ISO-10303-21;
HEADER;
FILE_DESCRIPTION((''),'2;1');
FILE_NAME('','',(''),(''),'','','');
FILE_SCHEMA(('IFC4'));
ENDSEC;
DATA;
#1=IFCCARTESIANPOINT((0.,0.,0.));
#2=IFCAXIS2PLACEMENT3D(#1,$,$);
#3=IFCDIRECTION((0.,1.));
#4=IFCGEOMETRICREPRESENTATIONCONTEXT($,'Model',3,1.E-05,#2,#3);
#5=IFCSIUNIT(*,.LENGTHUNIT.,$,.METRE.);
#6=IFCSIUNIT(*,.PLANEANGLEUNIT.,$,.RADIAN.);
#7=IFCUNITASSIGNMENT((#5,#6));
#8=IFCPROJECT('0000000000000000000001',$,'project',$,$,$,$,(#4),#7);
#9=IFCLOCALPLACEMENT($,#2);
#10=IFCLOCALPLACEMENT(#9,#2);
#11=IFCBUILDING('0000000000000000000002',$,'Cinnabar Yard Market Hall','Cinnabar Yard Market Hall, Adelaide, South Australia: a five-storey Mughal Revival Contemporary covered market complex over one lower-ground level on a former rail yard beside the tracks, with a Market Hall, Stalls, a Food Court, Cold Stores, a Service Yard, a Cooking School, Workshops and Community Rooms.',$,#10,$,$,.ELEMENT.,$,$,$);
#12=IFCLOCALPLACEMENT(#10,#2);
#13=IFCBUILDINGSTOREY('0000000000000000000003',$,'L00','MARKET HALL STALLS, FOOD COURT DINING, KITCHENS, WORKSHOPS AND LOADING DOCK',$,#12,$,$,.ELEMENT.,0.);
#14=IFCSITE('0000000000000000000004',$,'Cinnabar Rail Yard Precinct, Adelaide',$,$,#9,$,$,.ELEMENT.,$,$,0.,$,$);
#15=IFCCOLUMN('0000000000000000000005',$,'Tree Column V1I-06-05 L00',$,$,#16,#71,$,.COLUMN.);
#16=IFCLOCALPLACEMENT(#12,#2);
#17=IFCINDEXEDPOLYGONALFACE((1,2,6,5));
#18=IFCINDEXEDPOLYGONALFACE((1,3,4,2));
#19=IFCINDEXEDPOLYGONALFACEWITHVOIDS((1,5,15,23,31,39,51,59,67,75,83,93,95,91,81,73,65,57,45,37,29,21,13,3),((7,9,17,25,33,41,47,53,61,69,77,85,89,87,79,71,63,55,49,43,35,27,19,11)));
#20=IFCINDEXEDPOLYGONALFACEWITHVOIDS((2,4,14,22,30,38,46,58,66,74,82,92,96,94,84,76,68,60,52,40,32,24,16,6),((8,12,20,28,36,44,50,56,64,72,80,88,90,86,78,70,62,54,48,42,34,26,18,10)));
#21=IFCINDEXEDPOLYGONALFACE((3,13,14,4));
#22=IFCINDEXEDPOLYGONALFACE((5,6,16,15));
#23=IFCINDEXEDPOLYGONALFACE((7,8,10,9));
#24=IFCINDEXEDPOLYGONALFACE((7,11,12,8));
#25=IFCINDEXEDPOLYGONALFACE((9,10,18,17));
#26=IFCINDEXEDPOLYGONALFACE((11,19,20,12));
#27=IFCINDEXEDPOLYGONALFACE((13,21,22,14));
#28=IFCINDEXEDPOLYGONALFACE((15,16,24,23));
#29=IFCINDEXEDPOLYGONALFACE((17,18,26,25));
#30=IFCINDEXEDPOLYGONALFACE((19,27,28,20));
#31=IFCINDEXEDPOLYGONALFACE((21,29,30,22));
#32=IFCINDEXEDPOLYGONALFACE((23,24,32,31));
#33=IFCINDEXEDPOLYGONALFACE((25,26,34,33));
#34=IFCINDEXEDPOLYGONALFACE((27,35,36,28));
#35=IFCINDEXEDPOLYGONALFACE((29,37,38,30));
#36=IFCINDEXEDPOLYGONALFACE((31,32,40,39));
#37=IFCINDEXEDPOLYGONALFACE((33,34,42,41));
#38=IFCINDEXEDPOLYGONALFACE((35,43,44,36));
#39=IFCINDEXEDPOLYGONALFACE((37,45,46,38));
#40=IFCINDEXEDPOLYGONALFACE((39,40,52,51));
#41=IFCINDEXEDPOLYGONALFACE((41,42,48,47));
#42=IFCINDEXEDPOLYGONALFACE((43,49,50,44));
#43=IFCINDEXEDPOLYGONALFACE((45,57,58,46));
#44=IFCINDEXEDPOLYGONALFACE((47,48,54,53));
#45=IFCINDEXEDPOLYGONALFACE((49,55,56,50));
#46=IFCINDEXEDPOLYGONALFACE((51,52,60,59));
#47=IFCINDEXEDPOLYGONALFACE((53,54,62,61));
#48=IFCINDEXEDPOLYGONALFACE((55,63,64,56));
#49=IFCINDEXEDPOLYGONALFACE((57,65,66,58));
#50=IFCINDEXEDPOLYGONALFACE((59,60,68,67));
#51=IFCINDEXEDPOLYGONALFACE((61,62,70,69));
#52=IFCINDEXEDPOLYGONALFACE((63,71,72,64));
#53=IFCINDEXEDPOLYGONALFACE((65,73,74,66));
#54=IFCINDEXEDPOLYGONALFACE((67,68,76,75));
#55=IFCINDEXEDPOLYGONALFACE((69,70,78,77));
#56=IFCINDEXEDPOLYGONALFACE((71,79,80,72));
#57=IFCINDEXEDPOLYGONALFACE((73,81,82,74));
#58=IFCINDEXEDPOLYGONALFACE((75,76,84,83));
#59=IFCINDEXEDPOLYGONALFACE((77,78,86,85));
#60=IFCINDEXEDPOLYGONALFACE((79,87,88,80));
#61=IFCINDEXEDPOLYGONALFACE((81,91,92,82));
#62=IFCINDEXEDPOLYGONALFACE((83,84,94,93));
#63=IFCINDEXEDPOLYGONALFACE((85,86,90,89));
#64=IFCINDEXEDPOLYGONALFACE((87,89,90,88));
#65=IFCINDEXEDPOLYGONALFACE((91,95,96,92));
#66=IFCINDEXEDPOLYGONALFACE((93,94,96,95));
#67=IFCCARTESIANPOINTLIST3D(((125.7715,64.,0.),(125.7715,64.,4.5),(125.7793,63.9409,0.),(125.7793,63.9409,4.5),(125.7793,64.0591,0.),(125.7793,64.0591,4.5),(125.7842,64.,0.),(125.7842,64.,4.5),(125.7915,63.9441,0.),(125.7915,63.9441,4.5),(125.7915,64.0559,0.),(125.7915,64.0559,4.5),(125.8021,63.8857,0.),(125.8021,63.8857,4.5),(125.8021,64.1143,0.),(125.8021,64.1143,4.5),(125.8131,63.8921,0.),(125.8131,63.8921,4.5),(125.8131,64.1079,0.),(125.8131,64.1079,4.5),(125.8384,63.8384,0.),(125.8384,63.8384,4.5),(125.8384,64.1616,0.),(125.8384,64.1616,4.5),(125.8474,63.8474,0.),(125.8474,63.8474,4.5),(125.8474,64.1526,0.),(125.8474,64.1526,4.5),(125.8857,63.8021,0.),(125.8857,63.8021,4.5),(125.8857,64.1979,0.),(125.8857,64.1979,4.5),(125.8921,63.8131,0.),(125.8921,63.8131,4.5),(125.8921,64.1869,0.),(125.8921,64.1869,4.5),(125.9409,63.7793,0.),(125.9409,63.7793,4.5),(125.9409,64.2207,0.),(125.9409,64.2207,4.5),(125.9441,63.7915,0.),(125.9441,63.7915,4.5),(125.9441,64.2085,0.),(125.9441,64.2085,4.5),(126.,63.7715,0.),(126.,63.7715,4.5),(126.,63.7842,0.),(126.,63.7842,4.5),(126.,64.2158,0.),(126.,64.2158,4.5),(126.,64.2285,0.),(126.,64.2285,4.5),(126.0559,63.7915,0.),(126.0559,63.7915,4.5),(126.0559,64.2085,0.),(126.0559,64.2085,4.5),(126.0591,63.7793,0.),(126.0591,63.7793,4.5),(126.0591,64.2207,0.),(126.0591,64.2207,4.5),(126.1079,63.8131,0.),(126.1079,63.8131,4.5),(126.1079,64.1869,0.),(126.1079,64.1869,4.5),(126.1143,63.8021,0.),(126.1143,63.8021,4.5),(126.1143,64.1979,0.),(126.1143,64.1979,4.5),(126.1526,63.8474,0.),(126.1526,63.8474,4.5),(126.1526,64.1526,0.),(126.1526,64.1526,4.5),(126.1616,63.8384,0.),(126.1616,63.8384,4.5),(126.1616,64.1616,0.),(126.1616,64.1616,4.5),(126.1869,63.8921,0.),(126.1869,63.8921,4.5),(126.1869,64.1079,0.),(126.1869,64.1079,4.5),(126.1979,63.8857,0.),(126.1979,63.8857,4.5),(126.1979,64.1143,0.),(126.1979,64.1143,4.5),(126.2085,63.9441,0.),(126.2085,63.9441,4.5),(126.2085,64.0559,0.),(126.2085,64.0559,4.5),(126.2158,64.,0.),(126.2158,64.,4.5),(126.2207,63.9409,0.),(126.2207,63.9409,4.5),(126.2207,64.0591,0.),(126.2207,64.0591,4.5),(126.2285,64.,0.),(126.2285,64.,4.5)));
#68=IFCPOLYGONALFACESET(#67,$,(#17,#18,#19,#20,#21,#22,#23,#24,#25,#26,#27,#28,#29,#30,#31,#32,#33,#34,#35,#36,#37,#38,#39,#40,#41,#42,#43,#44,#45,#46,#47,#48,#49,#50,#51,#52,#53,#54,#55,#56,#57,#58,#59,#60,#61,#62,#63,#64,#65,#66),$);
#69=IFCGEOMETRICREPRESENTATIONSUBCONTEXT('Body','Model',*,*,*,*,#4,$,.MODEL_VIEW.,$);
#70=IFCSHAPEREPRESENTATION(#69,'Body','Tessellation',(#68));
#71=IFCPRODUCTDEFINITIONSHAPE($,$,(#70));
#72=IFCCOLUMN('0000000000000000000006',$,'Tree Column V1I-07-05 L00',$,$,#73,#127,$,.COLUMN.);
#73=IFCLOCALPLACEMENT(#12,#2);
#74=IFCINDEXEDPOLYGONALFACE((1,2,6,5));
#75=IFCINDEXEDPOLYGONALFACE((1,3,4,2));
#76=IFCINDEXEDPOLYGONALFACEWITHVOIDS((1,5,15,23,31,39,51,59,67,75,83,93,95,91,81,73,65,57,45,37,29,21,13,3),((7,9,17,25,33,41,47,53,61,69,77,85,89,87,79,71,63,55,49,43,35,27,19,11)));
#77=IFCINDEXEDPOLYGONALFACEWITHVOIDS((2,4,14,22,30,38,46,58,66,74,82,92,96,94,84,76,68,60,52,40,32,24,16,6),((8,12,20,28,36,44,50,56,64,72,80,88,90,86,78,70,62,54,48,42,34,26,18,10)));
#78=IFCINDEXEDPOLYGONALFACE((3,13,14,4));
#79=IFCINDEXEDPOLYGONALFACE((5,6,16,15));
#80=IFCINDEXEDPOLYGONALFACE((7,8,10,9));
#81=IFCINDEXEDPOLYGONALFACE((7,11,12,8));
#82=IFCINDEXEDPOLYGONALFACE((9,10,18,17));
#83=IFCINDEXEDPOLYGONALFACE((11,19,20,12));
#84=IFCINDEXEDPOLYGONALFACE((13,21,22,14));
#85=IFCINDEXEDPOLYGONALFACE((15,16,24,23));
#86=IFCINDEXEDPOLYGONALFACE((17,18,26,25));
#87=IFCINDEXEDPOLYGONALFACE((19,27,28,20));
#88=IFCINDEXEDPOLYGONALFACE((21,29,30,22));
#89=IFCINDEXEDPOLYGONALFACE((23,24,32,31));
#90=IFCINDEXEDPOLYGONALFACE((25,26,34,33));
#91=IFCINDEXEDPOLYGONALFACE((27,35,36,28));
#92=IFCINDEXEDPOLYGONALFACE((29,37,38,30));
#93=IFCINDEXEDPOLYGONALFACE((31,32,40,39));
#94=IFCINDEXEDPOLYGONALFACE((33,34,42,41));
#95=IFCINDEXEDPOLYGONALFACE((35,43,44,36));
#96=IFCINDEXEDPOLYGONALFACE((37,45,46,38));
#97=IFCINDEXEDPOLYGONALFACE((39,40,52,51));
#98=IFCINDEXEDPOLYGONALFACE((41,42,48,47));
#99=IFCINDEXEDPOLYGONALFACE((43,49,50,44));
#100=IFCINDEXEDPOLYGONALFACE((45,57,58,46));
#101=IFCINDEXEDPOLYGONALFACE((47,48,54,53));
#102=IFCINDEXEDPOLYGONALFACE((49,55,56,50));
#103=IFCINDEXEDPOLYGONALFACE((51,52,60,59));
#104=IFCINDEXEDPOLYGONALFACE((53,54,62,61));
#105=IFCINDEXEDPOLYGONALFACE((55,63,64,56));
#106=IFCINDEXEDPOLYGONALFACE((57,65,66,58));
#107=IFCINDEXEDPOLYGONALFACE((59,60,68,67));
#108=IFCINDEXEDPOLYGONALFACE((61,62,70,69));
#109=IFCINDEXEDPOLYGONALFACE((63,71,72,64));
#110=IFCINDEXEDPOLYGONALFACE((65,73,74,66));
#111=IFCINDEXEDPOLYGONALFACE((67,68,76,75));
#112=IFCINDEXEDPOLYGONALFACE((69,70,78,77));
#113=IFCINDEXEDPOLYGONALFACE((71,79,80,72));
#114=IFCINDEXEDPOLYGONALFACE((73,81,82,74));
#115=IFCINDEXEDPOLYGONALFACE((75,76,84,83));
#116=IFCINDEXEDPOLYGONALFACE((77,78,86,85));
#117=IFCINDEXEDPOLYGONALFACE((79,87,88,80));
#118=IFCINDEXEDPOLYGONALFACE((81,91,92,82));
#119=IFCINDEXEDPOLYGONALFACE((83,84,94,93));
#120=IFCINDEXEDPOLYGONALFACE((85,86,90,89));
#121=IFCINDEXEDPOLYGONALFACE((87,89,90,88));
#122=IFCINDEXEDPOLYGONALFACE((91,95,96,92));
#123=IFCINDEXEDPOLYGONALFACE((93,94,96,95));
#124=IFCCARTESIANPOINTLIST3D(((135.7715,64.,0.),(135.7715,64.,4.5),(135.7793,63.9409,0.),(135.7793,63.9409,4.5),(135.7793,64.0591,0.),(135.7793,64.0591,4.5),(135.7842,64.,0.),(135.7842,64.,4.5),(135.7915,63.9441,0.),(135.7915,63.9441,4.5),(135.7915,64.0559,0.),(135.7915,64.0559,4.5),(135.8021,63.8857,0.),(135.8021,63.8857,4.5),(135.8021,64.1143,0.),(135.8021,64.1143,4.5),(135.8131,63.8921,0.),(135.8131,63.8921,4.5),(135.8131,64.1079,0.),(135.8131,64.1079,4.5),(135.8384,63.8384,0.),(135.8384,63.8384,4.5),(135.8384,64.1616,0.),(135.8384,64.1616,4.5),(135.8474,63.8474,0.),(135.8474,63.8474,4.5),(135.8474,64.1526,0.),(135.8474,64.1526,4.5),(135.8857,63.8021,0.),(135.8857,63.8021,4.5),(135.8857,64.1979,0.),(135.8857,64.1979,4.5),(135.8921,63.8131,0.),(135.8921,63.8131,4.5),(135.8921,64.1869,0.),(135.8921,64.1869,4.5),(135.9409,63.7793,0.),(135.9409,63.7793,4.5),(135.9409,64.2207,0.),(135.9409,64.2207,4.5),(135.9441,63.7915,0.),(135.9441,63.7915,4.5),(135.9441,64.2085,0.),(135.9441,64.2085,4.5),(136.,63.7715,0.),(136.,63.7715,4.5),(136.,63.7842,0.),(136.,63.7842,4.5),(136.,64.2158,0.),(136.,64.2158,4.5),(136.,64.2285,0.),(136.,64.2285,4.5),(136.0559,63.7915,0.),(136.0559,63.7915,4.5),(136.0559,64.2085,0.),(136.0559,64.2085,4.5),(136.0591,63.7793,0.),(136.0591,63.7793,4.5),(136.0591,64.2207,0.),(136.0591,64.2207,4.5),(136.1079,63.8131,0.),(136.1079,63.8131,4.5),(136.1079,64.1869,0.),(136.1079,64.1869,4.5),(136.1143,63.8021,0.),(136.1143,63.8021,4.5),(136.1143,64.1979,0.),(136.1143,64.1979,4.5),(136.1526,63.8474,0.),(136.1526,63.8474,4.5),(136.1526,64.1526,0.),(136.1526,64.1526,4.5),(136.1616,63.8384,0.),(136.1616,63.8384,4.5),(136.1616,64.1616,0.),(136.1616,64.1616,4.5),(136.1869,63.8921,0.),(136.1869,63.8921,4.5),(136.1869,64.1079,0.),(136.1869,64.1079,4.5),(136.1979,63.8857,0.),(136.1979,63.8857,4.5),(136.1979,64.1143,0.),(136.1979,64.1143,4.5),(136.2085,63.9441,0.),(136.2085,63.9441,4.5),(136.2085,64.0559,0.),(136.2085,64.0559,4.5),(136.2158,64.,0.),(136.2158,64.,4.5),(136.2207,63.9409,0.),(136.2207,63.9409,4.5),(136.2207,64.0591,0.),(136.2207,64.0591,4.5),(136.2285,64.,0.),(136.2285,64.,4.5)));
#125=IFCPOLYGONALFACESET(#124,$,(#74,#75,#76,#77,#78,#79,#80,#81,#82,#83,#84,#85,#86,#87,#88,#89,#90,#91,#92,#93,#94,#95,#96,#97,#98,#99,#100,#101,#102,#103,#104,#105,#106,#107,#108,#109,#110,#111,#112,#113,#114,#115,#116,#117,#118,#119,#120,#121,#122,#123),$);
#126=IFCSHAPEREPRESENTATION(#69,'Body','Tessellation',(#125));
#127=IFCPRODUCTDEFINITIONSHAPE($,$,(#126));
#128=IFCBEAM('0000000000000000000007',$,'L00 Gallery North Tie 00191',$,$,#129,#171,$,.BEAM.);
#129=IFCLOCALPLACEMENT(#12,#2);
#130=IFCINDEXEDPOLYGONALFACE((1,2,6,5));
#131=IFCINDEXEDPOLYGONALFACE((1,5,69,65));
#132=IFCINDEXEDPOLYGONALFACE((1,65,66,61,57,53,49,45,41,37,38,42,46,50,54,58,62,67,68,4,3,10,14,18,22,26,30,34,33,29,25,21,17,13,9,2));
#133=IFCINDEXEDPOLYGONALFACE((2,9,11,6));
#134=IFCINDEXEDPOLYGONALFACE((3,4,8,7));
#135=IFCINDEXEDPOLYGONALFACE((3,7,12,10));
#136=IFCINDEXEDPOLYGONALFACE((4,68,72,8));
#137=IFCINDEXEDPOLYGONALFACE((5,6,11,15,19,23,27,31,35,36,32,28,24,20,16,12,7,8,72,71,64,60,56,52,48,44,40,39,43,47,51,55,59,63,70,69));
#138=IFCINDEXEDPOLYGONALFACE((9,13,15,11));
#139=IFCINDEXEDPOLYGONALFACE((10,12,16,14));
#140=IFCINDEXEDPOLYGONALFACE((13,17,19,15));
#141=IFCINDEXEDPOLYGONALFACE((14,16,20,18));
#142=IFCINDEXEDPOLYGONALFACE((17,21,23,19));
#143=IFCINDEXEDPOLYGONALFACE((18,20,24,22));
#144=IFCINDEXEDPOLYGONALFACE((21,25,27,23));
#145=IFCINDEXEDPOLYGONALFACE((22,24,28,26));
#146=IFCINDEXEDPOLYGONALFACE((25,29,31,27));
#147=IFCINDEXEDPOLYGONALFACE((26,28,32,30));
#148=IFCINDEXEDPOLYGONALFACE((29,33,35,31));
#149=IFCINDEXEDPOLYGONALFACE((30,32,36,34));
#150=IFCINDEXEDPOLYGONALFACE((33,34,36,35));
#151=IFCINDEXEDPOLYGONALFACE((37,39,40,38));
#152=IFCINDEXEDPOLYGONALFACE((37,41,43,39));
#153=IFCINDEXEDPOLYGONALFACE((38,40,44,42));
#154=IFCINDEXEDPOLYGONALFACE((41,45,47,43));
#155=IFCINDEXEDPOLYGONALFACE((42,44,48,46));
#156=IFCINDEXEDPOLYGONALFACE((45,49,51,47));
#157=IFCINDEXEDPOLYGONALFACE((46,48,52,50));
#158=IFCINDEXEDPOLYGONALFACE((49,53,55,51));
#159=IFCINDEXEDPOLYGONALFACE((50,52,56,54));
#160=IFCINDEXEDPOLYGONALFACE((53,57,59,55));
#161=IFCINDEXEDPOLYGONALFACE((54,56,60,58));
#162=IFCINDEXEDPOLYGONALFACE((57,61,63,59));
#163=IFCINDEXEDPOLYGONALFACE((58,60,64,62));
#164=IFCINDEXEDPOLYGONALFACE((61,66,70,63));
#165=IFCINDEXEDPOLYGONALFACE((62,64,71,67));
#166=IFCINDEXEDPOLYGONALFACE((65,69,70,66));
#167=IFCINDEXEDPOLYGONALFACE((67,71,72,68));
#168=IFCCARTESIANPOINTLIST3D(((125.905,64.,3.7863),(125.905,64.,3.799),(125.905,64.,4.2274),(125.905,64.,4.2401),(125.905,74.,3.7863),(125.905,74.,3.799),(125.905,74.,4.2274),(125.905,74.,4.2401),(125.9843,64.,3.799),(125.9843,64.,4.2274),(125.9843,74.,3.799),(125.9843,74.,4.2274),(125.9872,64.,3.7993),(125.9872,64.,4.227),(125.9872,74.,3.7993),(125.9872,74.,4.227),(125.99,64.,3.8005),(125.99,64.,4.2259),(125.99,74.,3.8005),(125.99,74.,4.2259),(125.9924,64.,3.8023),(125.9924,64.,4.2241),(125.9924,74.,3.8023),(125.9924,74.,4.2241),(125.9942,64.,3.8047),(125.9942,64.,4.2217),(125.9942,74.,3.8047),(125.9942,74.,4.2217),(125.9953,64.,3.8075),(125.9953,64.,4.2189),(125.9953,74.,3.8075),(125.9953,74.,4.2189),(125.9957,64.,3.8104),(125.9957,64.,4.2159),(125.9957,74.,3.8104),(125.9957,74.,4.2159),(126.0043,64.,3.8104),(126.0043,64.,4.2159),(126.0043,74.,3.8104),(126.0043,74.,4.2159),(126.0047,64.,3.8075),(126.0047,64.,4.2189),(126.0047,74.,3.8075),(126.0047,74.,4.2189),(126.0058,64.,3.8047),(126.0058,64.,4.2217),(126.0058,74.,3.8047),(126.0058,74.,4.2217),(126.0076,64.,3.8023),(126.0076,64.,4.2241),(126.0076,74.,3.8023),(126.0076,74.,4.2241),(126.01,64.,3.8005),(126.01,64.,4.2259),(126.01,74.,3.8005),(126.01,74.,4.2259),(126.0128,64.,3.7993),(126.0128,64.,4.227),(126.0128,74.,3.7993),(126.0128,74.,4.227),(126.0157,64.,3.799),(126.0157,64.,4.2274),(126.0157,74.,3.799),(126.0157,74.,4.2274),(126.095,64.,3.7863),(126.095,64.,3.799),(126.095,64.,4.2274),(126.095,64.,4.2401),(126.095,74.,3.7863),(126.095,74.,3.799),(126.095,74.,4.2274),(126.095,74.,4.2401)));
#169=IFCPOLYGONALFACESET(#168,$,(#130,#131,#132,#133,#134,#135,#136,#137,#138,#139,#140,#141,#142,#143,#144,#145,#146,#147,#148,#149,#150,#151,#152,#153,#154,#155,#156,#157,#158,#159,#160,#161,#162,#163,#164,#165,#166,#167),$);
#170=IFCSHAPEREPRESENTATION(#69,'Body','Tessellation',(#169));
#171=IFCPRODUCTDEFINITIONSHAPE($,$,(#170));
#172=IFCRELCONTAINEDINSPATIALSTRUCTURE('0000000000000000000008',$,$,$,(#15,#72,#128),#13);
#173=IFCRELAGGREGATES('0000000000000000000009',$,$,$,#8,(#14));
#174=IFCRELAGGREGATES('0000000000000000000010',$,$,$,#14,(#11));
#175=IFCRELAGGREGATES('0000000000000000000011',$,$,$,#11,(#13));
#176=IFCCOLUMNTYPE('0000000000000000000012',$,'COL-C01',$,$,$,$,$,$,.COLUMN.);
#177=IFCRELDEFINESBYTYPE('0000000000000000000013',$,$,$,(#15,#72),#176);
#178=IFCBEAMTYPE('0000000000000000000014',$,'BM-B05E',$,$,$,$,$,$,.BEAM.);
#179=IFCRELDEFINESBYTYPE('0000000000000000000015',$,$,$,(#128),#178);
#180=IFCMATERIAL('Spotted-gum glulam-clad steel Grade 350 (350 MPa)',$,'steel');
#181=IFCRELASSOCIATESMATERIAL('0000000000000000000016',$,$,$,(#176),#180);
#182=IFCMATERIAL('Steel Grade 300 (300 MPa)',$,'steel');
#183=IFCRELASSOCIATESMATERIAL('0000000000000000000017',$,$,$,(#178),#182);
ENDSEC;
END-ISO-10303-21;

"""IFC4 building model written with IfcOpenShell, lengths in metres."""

from ifc_helpers import new_model, si_unit, direction, frame, origin, origin_2d_with_axis, place, context, subcontext, project, spatial, hollow_circle, i_section, extrude, material, material_profile, profile_set, type_object, element, save


model = new_model("IFC4")

# Units and contexts
model_context = context("Model", 3, precision=1e-05, world=origin(), true_north=direction((0.0, 1.0)))
body_context = subcontext(model_context, "Body", "Model", "MODEL_VIEW")
ifc_project = project(units=[si_unit("LENGTHUNIT", "METRE"), si_unit("PLANEANGLEUNIT", "RADIAN")], contexts=[model_context])

# Site, building, storey
site_placement = place(None, origin())
site = spatial("IfcSite", under=ifc_project, at=site_placement, Name="Cinnabar Rail Yard Precinct, Adelaide", CompositionType="ELEMENT", RefElevation=0.0)
building_placement = place(site_placement, origin())
building = spatial("IfcBuilding", under=site, at=building_placement, Name="Cinnabar Yard Market Hall", Description="Cinnabar Yard Market Hall, Adelaide, South Australia: a five-storey Mughal Revival Contemporary covered market complex over one lower-ground level on a former rail yard beside the tracks, with a Market Hall, Stalls, a Food Court, Cold Stores, a Service Yard, a Cooking School, Workshops and Community Rooms.", CompositionType="ELEMENT")
storey_placement = place(building_placement, origin())
storey = spatial("IfcBuildingStorey", under=building, at=storey_placement, Name="L00", Description="MARKET HALL STALLS, FOOD COURT DINING, KITCHENS, WORKSHOPS AND LOADING DOCK", CompositionType="ELEMENT", Elevation=0.0)

# Columns
ifc_material_1 = material(Name="Spotted-gum glulam-clad steel Grade 350 (350 MPa)", Category="steel")
ifc_material_profile_1 = material_profile(ifc_material_1, hollow_circle(Radius=0.2285, WallThickness=0.0127, at=origin_2d_with_axis()), Name="457.0x12.7CHS")
ifc_profile_set_1 = profile_set([ifc_material_profile_1], Name="Spotted-gum glulam-clad steel Grade 350 (350 MPa)")
column_type = type_object("IfcColumnType", Name="COL-C01", PredefinedType="COLUMN", material=ifc_profile_set_1)
for number, where, z_axis, x_axis, name in (
    (1, (126.0, 64.0, 0.0), (0.0, 0.0, 1.0), (1.0, 0.0, 0.0), "Tree Column V1I-06-05 L00"),
    (2, (136.0, 64.0, 0.0), (0.0, 0.0, 1.0), (1.0, 0.0, 0.0), "Tree Column V1I-07-05 L00"),
):
    element("IfcColumn", number, at=place(storey_placement, frame(where, z_axis=z_axis, x_axis=x_axis)), inside=storey, type_object=column_type, Name=name, PredefinedType="COLUMN", context=body_context, shape_type="SweptSolid", body=[
        extrude(hollow_circle(Radius=0.2285, WallThickness=0.0127, at=origin_2d_with_axis()), origin(), (0.0, 0.0, 1.0), 4.5),
    ])

# Beam
ifc_material_2 = material(Name="Steel Grade 300 (300 MPa)", Category="steel")
ifc_material_profile_2 = material_profile(ifc_material_2, i_section(OverallWidth=0.1899, OverallDepth=0.4539, WebThickness=0.0085, FlangeThickness=0.0127, FilletRadius=0.0115, at=origin_2d_with_axis()), Name="460UB67.1")
ifc_profile_set_2 = profile_set([ifc_material_profile_2], Name="Steel Grade 300 (300 MPa)")
beam_type_1 = type_object("IfcBeamType", Name="BM-B05E", PredefinedType="BEAM", material=ifc_profile_set_2)
for number, where, z_axis, x_axis, name in (
    (3, (126.0, 64.0, 4.0132), (0.0, 1.0, 0.0), (-1.0, 0.0, 0.0), "L00 Gallery North Tie 00191"),
):
    element("IfcBeam", number, at=place(storey_placement, frame(where, z_axis=z_axis, x_axis=x_axis)), inside=storey, type_object=beam_type_1, Name=name, PredefinedType="BEAM", context=body_context, shape_type="SweptSolid", body=[
        extrude(i_section(OverallWidth=0.1899, OverallDepth=0.4539, WebThickness=0.0085, FlangeThickness=0.0127, FilletRadius=0.0115, at=origin_2d_with_axis()), origin(), (0.0, 0.0, 1.0), 10.0),
    ])

save(model, "model.ifc")
